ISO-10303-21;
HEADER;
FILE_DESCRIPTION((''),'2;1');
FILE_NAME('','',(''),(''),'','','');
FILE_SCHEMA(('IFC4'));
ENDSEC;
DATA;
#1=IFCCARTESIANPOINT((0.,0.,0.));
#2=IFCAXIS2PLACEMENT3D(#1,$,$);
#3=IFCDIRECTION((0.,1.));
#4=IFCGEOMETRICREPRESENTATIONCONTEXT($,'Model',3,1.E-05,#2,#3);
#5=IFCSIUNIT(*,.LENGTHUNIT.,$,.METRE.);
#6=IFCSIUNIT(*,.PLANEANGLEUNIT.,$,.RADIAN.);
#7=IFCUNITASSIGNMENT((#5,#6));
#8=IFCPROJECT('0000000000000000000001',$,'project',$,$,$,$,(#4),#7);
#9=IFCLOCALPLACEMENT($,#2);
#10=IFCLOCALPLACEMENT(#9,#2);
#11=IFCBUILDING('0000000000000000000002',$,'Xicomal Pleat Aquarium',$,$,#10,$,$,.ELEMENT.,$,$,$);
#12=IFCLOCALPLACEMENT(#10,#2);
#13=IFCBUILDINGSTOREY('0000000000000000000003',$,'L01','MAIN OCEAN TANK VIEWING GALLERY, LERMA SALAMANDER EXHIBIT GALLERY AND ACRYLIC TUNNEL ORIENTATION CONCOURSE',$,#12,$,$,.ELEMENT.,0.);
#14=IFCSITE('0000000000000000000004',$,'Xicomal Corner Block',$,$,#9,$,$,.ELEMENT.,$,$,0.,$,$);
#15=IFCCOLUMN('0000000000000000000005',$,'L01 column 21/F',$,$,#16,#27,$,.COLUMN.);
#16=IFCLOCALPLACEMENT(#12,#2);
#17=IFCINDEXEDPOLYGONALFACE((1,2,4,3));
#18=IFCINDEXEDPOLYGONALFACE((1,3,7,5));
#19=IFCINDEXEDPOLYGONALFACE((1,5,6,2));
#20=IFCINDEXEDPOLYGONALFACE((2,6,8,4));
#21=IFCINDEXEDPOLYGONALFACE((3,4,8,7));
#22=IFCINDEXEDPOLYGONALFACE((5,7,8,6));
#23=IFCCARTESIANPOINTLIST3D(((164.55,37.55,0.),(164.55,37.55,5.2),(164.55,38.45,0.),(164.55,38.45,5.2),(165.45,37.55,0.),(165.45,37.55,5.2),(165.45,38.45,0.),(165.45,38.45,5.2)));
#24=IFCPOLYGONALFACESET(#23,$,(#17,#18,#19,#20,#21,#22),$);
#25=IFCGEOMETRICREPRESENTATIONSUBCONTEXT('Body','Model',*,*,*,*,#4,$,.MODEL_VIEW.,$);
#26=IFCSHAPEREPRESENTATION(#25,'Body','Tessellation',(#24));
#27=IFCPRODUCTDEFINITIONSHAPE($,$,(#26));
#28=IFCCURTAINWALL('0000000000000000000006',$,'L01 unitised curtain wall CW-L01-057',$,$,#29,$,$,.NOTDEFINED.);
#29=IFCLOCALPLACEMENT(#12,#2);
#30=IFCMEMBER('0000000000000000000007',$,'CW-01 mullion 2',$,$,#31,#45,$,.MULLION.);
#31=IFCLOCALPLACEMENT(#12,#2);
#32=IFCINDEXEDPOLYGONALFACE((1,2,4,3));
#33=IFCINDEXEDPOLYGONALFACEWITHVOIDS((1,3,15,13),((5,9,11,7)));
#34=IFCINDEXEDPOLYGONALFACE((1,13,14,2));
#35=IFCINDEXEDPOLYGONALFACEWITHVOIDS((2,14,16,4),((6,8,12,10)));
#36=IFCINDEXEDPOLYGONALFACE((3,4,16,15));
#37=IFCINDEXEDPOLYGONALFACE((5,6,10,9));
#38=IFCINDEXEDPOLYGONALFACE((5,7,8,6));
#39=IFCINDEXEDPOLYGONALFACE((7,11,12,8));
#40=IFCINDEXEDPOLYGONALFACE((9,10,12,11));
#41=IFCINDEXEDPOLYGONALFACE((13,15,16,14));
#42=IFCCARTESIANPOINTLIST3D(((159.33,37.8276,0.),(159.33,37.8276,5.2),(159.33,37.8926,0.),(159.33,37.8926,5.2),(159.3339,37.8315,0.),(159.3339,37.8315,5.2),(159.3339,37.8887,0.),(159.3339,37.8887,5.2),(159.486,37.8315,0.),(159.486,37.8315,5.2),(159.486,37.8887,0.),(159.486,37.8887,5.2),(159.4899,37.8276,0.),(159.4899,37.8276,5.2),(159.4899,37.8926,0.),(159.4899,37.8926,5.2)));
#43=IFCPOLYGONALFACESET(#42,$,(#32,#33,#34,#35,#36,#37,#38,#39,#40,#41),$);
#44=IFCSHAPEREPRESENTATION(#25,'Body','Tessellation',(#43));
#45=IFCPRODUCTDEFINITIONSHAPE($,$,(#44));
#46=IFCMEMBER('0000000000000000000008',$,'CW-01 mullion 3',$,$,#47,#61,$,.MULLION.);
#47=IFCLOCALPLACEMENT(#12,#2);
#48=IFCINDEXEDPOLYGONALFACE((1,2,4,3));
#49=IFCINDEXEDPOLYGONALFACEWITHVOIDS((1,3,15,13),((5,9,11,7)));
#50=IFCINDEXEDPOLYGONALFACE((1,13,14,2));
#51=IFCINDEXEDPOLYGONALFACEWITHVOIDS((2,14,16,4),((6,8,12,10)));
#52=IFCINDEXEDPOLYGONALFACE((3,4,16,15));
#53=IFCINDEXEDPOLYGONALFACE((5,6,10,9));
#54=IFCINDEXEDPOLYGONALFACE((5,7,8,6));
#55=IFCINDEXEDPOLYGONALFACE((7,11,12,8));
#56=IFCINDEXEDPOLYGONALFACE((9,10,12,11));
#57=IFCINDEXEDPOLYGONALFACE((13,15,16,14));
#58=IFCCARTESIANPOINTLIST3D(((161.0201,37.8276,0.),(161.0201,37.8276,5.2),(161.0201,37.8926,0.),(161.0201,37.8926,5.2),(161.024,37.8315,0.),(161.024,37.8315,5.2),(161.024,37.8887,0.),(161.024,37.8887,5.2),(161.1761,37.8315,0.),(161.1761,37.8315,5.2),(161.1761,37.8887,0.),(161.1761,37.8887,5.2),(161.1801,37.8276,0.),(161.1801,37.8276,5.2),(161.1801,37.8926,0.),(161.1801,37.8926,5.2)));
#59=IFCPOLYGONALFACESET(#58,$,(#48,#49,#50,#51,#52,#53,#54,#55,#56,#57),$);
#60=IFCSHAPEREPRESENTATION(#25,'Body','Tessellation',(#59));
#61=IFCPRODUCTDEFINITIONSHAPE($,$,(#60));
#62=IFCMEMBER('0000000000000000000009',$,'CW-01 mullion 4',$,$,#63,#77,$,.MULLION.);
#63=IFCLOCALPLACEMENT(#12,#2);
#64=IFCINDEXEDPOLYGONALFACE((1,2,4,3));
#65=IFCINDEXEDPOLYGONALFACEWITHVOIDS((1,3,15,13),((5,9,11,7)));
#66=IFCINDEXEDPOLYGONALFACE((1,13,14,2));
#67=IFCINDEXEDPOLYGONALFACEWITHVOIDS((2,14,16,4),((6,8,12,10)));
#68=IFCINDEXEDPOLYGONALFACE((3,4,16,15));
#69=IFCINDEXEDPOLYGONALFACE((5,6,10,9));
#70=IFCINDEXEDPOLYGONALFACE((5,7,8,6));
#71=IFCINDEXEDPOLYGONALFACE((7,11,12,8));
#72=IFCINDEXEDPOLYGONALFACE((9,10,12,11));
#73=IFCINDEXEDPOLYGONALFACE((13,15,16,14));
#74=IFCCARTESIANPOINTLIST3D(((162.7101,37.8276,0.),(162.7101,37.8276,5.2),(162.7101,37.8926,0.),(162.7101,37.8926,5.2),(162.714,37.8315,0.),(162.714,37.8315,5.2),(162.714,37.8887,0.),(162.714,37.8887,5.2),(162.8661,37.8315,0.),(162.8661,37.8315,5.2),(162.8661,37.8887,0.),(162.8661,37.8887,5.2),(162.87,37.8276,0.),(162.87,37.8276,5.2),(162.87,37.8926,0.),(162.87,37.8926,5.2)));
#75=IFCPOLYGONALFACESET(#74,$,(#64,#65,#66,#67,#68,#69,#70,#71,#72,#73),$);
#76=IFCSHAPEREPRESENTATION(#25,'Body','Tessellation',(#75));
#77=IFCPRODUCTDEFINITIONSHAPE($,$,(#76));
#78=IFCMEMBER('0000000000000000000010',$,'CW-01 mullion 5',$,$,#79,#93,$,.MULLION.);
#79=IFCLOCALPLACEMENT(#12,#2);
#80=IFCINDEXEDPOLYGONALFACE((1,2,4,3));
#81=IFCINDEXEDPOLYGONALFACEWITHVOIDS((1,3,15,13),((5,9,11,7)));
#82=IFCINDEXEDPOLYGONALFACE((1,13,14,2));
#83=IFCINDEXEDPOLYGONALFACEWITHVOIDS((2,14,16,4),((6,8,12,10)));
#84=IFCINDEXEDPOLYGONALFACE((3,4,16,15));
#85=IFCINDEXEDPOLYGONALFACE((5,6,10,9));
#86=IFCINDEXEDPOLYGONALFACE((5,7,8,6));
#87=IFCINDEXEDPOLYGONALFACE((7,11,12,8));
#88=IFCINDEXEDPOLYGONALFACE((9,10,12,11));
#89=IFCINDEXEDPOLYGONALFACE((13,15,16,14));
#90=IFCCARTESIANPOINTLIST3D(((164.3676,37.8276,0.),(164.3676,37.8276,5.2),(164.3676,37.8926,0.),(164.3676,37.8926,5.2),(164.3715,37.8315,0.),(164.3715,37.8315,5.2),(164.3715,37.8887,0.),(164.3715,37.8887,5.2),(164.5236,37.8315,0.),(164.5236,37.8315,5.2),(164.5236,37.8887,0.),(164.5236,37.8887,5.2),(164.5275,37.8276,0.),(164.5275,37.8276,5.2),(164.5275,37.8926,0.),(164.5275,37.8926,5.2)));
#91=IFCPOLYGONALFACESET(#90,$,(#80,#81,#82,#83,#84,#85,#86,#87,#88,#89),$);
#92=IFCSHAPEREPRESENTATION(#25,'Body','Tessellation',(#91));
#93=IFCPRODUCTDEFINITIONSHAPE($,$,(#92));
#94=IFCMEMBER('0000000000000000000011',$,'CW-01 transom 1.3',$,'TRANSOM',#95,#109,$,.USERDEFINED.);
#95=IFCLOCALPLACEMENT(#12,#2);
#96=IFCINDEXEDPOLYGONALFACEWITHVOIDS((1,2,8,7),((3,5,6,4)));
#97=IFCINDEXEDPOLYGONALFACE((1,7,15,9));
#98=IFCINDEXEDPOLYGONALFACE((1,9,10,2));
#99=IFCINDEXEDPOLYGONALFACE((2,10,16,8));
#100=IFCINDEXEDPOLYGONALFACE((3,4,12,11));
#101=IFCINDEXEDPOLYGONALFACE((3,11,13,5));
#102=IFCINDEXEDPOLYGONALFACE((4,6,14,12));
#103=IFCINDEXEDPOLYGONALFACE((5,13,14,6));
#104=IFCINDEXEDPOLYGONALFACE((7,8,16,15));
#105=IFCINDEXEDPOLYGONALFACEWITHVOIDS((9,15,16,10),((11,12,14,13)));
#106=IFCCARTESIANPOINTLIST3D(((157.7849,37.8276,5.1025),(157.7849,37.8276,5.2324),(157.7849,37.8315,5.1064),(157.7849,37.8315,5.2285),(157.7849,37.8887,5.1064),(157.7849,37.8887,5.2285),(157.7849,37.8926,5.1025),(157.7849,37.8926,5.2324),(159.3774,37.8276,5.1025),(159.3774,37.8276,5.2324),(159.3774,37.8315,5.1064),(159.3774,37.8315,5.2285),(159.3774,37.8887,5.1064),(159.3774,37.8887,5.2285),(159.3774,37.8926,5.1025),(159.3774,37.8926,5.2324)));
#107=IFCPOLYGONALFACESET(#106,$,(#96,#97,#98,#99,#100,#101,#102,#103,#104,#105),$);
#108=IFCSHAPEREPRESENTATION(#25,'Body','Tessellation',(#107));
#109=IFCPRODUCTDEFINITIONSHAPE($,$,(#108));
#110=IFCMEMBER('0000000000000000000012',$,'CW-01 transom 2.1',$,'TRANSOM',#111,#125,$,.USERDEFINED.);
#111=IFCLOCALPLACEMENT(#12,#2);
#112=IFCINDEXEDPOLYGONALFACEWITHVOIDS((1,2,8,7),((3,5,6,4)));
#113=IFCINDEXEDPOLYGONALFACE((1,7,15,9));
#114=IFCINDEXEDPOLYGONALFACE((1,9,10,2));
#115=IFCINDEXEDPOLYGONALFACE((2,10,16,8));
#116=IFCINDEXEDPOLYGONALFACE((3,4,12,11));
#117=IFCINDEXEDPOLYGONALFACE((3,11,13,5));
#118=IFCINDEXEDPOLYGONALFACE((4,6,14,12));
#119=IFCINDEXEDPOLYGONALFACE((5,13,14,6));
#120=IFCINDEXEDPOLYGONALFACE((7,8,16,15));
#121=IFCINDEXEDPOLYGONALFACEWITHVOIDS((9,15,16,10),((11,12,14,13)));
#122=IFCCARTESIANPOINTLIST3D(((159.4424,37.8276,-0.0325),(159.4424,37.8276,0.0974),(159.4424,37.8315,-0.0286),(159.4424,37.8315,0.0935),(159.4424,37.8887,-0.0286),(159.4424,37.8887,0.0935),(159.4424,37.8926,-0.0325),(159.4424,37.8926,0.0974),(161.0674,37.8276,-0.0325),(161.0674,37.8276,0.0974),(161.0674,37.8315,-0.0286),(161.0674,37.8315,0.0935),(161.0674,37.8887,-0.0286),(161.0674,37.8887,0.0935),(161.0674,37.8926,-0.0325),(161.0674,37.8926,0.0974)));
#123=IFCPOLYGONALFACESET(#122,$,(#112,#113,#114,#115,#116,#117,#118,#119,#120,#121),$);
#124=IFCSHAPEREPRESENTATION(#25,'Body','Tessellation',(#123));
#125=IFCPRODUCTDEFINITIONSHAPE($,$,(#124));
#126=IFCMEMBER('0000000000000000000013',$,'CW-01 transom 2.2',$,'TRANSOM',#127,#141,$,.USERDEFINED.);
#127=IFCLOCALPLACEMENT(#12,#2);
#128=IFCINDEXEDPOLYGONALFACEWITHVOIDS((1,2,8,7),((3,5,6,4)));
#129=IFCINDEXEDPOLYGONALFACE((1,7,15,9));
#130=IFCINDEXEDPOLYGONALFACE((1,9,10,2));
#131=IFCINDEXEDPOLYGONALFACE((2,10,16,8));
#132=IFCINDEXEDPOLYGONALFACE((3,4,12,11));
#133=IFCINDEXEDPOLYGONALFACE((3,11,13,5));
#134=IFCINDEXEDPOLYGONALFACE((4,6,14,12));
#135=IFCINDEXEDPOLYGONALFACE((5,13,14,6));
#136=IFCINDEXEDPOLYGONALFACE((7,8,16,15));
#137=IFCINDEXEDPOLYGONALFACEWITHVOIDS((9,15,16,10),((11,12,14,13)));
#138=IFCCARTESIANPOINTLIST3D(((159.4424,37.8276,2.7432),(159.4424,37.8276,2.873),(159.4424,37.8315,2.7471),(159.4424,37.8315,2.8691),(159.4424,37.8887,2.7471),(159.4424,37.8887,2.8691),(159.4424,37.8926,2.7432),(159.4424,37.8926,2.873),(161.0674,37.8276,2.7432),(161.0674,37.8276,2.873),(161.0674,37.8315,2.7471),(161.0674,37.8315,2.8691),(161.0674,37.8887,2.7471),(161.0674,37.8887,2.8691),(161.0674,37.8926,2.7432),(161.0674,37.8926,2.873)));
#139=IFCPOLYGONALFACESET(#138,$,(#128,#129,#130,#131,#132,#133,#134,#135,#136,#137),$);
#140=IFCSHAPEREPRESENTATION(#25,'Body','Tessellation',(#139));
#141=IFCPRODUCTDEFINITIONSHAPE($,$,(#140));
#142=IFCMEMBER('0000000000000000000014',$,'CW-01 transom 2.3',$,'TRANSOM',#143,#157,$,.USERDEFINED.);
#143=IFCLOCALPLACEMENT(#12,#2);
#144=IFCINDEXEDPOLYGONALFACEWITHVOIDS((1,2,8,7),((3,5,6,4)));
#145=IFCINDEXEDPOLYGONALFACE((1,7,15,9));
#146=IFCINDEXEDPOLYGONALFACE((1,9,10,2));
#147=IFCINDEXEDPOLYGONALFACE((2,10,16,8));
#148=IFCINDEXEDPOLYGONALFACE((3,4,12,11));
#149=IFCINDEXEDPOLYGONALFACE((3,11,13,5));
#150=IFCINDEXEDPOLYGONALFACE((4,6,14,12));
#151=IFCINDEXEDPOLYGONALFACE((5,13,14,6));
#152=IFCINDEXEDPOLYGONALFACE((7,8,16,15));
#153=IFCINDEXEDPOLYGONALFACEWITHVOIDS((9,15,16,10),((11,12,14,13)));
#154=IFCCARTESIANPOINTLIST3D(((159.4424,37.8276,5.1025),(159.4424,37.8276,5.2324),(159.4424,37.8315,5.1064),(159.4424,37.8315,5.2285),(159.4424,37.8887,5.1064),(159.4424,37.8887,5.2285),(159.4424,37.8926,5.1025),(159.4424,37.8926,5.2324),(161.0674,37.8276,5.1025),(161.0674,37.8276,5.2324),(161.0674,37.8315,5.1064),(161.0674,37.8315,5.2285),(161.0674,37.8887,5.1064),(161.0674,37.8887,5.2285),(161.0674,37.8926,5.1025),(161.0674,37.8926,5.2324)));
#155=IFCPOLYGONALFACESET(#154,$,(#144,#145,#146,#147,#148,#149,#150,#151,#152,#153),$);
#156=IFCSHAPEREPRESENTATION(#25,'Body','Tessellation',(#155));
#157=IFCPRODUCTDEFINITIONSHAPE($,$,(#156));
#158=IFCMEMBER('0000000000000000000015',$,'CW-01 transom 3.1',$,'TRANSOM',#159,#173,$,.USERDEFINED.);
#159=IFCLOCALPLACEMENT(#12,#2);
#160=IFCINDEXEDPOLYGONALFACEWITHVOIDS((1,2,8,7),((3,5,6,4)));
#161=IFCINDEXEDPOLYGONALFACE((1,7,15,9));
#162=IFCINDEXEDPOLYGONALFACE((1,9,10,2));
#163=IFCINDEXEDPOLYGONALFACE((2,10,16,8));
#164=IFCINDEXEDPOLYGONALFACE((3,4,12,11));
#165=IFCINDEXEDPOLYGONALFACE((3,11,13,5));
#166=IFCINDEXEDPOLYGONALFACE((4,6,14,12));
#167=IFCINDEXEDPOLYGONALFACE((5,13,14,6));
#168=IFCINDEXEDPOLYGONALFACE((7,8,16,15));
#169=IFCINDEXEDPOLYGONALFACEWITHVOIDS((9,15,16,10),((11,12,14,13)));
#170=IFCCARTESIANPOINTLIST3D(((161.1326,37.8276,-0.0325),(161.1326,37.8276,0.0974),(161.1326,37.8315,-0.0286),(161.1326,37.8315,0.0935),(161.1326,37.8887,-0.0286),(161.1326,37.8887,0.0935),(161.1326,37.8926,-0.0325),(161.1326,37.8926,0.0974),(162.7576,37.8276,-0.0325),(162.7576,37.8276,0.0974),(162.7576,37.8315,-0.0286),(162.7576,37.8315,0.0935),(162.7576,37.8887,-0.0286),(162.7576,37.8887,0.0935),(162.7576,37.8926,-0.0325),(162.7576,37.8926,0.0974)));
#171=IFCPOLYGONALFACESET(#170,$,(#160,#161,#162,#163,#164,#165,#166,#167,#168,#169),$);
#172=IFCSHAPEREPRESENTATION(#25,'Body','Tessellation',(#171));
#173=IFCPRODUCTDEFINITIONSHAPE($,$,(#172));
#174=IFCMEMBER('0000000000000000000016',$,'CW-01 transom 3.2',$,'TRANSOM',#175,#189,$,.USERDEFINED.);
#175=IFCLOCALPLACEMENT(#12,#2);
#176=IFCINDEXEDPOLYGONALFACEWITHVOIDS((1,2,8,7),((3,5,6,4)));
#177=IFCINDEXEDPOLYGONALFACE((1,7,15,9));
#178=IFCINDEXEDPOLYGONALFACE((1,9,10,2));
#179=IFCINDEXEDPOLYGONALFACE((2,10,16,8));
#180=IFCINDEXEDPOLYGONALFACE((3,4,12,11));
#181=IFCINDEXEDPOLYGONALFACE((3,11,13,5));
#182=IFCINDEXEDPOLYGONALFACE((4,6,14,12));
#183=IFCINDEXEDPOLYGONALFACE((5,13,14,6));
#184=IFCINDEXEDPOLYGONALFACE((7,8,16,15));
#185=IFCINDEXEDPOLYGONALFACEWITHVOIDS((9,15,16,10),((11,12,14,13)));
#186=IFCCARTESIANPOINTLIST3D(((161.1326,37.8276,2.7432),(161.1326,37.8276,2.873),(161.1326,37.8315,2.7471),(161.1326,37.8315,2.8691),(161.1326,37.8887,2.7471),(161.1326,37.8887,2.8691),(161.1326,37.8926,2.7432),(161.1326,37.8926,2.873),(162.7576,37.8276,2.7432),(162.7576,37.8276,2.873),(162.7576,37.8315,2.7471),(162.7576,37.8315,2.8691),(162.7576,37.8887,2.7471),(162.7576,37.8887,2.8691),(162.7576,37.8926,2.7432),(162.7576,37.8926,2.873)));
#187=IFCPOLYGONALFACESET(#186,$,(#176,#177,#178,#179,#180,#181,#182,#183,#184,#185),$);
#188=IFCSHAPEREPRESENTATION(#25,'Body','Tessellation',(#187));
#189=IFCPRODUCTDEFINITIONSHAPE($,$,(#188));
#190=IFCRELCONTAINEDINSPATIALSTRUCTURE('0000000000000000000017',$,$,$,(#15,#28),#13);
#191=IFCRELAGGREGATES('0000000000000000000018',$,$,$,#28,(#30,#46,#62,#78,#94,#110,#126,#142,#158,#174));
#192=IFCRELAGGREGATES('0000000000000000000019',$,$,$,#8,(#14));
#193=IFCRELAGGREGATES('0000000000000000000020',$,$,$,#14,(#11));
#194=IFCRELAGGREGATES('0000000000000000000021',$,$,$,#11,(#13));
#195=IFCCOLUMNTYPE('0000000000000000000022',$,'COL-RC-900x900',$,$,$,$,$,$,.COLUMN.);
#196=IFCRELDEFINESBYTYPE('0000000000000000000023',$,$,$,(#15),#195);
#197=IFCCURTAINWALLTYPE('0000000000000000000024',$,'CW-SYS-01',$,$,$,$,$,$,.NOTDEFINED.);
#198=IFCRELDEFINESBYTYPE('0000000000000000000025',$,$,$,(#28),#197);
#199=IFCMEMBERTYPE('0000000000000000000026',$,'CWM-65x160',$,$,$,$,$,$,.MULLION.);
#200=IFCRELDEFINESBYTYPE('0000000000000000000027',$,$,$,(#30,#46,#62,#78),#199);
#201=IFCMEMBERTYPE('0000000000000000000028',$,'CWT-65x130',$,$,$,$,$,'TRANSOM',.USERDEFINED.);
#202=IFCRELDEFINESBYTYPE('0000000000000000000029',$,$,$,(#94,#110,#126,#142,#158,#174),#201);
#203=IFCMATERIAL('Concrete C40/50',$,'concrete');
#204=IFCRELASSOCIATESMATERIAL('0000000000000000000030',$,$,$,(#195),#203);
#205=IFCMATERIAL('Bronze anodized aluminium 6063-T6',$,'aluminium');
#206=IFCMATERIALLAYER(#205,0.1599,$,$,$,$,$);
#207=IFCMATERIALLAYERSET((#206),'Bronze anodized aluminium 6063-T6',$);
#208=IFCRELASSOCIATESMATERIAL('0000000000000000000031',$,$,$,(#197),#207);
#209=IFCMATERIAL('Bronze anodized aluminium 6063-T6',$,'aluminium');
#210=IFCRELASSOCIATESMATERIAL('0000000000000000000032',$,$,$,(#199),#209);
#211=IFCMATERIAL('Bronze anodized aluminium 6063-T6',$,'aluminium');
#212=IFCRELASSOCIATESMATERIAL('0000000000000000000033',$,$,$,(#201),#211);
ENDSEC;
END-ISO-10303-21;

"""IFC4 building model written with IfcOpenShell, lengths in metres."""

from ifc_helpers import new_model, si_unit, direction, frame, origin, origin_2d, place, context, subcontext, project, spatial, rectangle, hollow_rectangle, extrude, material, layer, layer_set, material_profile, profile_set, type_object, element, aggregate, save


model = new_model("IFC4")

# Units and contexts
model_context = context("Model", 3, precision=1e-05, world=origin(), true_north=direction((0.0, 1.0)))
body_context = subcontext(model_context, "Body", "Model", "MODEL_VIEW")
ifc_project = project(units=[si_unit("LENGTHUNIT", "METRE"), si_unit("PLANEANGLEUNIT", "RADIAN")], contexts=[model_context])

# Site, building, storey
site_placement = place(None, origin())
site = spatial("IfcSite", under=ifc_project, at=site_placement, Name="Xicomal Corner Block", CompositionType="ELEMENT", RefElevation=0.0)
building_placement = place(site_placement, origin())
building = spatial("IfcBuilding", under=site, at=building_placement, Name="Xicomal Pleat Aquarium", CompositionType="ELEMENT")
storey_placement = place(building_placement, origin())
storey = spatial("IfcBuildingStorey", under=building, at=storey_placement, Name="L01", Description="MAIN OCEAN TANK VIEWING GALLERY, LERMA SALAMANDER EXHIBIT GALLERY AND ACRYLIC TUNNEL ORIENTATION CONCOURSE", CompositionType="ELEMENT", Elevation=0.0)

# Column
ifc_material_1 = material(Name="Concrete C40/50", Category="concrete")
ifc_material_profile_1 = material_profile(ifc_material_1, rectangle(XDim=0.8999, YDim=0.8999, at=origin_2d()), Name="RC 900x900")
ifc_profile_set_1 = profile_set([ifc_material_profile_1], Name="Concrete C40/50")
column_type = type_object("IfcColumnType", Name="COL-RC-900x900", PredefinedType="COLUMN", material=ifc_profile_set_1)
column_placement = place(storey_placement, frame((165.0, 38.0, 0.0), z_axis=(0.0, 0.0, 1.0), x_axis=(1.0, 0.0, 0.0)))
element("IfcColumn", 1, at=column_placement, inside=storey, type_object=column_type, Name="L01 column 21/F", PredefinedType="COLUMN", context=body_context, shape_type="SweptSolid", body=[
    extrude(rectangle(XDim=0.8999, YDim=0.8999, at=origin_2d()), origin(), (0.0, 0.0, 1.0), 5.2),
])

# Curtain wall, members
ifc_material_2 = material(Name="Bronze anodized aluminium 6063-T6", Category="aluminium")
ifc_layer_1 = layer(ifc_material_2, 0.1599)
ifc_layer_set_1 = layer_set([ifc_layer_1], Name="Bronze anodized aluminium 6063-T6")
curtain_wall_type = type_object("IfcCurtainWallType", Name="CW-SYS-01", PredefinedType="NOTDEFINED", material=ifc_layer_set_1)
curtain_wall_placement = place(storey_placement, origin())
curtain_wall = element("IfcCurtainWall", 2, at=curtain_wall_placement, inside=storey, type_object=curtain_wall_type, Name="L01 unitised curtain wall CW-L01-057", PredefinedType="NOTDEFINED")
ifc_material_3 = material(Name="Bronze anodized aluminium 6063-T6", Category="aluminium")
ifc_material_profile_2 = material_profile(ifc_material_3, hollow_rectangle(XDim=0.0649, YDim=0.1599, WallThickness=0.0039, at=origin_2d()), Name="ALU MULL 65x160")
ifc_profile_set_2 = profile_set([ifc_material_profile_2], Name="Bronze anodized aluminium 6063-T6")
member_type_1 = type_object("IfcMemberType", Name="CWM-65x160", PredefinedType="MULLION", material=ifc_profile_set_2)
member_1_placement = place(storey_placement, frame((159.4099, 37.8601, 0.0), z_axis=(0.0, 0.0, 1.0), x_axis=(0.0, 1.0, 0.0)))
member_1 = element("IfcMember", 3, at=member_1_placement, type_object=member_type_1, Name="CW-01 mullion 2", PredefinedType="MULLION", context=body_context, shape_type="SweptSolid", body=[
    extrude(hollow_rectangle(XDim=0.0649, YDim=0.1599, WallThickness=0.0039, at=origin_2d()), origin(), (0.0, 0.0, 1.0), 5.2),
])
member_2_placement = place(storey_placement, frame((161.1001, 37.8601, 0.0), z_axis=(0.0, 0.0, 1.0), x_axis=(0.0, 1.0, 0.0)))
member_2 = element("IfcMember", 4, at=member_2_placement, type_object=member_type_1, Name="CW-01 mullion 3", PredefinedType="MULLION", context=body_context, shape_type="SweptSolid", body=[
    extrude(hollow_rectangle(XDim=0.0649, YDim=0.1599, WallThickness=0.0039, at=origin_2d()), origin(), (0.0, 0.0, 1.0), 5.2),
])
member_3_placement = place(storey_placement, frame((162.79, 37.8601, 0.0), z_axis=(0.0, 0.0, 1.0), x_axis=(0.0, 1.0, 0.0)))
member_3 = element("IfcMember", 5, at=member_3_placement, type_object=member_type_1, Name="CW-01 mullion 4", PredefinedType="MULLION", context=body_context, shape_type="SweptSolid", body=[
    extrude(hollow_rectangle(XDim=0.0649, YDim=0.1599, WallThickness=0.0039, at=origin_2d()), origin(), (0.0, 0.0, 1.0), 5.2),
])
member_4_placement = place(storey_placement, frame((164.4475, 37.8601, 0.0), z_axis=(0.0, 0.0, 1.0), x_axis=(0.0, 1.0, 0.0)))
member_4 = element("IfcMember", 6, at=member_4_placement, type_object=member_type_1, Name="CW-01 mullion 5", PredefinedType="MULLION", context=body_context, shape_type="SweptSolid", body=[
    extrude(hollow_rectangle(XDim=0.0649, YDim=0.1599, WallThickness=0.0039, at=origin_2d()), origin(), (0.0, 0.0, 1.0), 5.2),
])
ifc_material_4 = material(Name="Bronze anodized aluminium 6063-T6", Category="aluminium")
ifc_material_profile_3 = material_profile(ifc_material_4, hollow_rectangle(XDim=0.0649, YDim=0.1299, WallThickness=0.0039, at=origin_2d()), Name="ALU TRAN 65x130")
ifc_profile_set_3 = profile_set([ifc_material_profile_3], Name="Bronze anodized aluminium 6063-T6")
member_type_2 = type_object("IfcMemberType", Name="CWT-65x130", ElementType="TRANSOM", PredefinedType="USERDEFINED", material=ifc_profile_set_3)
member_5_placement = place(storey_placement, frame((157.7849, 37.8601, 5.1675), z_axis=(1.0, 0.0, 0.0), x_axis=(0.0, 1.0, 0.0)))
member_5 = element("IfcMember", 7, at=member_5_placement, type_object=member_type_2, Name="CW-01 transom 1.3", ObjectType="TRANSOM", PredefinedType="USERDEFINED", context=body_context, shape_type="SweptSolid", body=[
    extrude(hollow_rectangle(XDim=0.0649, YDim=0.1299, WallThickness=0.0039, at=origin_2d()), origin(), (0.0, 0.0, 1.0), 1.5925),
])
member_6_placement = place(storey_placement, frame((159.4424, 37.8601, 0.0325), z_axis=(1.0, 0.0, 0.0), x_axis=(0.0, 1.0, 0.0)))
member_6 = element("IfcMember", 8, at=member_6_placement, type_object=member_type_2, Name="CW-01 transom 2.1", ObjectType="TRANSOM", PredefinedType="USERDEFINED", context=body_context, shape_type="SweptSolid", body=[
    extrude(hollow_rectangle(XDim=0.0649, YDim=0.1299, WallThickness=0.0039, at=origin_2d()), origin(), (0.0, 0.0, 1.0), 1.625),
])
member_7_placement = place(storey_placement, frame((159.4424, 37.8601, 2.8081), z_axis=(1.0, 0.0, 0.0), x_axis=(0.0, 1.0, 0.0)))
member_7 = element("IfcMember", 9, at=member_7_placement, type_object=member_type_2, Name="CW-01 transom 2.2", ObjectType="TRANSOM", PredefinedType="USERDEFINED", context=body_context, shape_type="SweptSolid", body=[
    extrude(hollow_rectangle(XDim=0.0649, YDim=0.1299, WallThickness=0.0039, at=origin_2d()), origin(), (0.0, 0.0, 1.0), 1.625),
])
member_8_placement = place(storey_placement, frame((159.4424, 37.8601, 5.1675), z_axis=(1.0, 0.0, 0.0), x_axis=(0.0, 1.0, 0.0)))
member_8 = element("IfcMember", 10, at=member_8_placement, type_object=member_type_2, Name="CW-01 transom 2.3", ObjectType="TRANSOM", PredefinedType="USERDEFINED", context=body_context, shape_type="SweptSolid", body=[
    extrude(hollow_rectangle(XDim=0.0649, YDim=0.1299, WallThickness=0.0039, at=origin_2d()), origin(), (0.0, 0.0, 1.0), 1.625),
])
member_9_placement = place(storey_placement, frame((161.1326, 37.8601, 0.0325), z_axis=(1.0, 0.0, 0.0), x_axis=(0.0, 1.0, 0.0)))
member_9 = element("IfcMember", 11, at=member_9_placement, type_object=member_type_2, Name="CW-01 transom 3.1", ObjectType="TRANSOM", PredefinedType="USERDEFINED", context=body_context, shape_type="SweptSolid", body=[
    extrude(hollow_rectangle(XDim=0.0649, YDim=0.1299, WallThickness=0.0039, at=origin_2d()), origin(), (0.0, 0.0, 1.0), 1.625),
])
member_10_placement = place(storey_placement, frame((161.1326, 37.8601, 2.8081), z_axis=(1.0, 0.0, 0.0), x_axis=(0.0, 1.0, 0.0)))
member_10 = element("IfcMember", 12, at=member_10_placement, type_object=member_type_2, Name="CW-01 transom 3.2", ObjectType="TRANSOM", PredefinedType="USERDEFINED", context=body_context, shape_type="SweptSolid", body=[
    extrude(hollow_rectangle(XDim=0.0649, YDim=0.1299, WallThickness=0.0039, at=origin_2d()), origin(), (0.0, 0.0, 1.0), 1.625),
])
aggregate(curtain_wall, [member_1, member_2, member_3, member_4, member_5, member_6, member_7, member_8, member_9, member_10])

save(model, "model.ifc")
